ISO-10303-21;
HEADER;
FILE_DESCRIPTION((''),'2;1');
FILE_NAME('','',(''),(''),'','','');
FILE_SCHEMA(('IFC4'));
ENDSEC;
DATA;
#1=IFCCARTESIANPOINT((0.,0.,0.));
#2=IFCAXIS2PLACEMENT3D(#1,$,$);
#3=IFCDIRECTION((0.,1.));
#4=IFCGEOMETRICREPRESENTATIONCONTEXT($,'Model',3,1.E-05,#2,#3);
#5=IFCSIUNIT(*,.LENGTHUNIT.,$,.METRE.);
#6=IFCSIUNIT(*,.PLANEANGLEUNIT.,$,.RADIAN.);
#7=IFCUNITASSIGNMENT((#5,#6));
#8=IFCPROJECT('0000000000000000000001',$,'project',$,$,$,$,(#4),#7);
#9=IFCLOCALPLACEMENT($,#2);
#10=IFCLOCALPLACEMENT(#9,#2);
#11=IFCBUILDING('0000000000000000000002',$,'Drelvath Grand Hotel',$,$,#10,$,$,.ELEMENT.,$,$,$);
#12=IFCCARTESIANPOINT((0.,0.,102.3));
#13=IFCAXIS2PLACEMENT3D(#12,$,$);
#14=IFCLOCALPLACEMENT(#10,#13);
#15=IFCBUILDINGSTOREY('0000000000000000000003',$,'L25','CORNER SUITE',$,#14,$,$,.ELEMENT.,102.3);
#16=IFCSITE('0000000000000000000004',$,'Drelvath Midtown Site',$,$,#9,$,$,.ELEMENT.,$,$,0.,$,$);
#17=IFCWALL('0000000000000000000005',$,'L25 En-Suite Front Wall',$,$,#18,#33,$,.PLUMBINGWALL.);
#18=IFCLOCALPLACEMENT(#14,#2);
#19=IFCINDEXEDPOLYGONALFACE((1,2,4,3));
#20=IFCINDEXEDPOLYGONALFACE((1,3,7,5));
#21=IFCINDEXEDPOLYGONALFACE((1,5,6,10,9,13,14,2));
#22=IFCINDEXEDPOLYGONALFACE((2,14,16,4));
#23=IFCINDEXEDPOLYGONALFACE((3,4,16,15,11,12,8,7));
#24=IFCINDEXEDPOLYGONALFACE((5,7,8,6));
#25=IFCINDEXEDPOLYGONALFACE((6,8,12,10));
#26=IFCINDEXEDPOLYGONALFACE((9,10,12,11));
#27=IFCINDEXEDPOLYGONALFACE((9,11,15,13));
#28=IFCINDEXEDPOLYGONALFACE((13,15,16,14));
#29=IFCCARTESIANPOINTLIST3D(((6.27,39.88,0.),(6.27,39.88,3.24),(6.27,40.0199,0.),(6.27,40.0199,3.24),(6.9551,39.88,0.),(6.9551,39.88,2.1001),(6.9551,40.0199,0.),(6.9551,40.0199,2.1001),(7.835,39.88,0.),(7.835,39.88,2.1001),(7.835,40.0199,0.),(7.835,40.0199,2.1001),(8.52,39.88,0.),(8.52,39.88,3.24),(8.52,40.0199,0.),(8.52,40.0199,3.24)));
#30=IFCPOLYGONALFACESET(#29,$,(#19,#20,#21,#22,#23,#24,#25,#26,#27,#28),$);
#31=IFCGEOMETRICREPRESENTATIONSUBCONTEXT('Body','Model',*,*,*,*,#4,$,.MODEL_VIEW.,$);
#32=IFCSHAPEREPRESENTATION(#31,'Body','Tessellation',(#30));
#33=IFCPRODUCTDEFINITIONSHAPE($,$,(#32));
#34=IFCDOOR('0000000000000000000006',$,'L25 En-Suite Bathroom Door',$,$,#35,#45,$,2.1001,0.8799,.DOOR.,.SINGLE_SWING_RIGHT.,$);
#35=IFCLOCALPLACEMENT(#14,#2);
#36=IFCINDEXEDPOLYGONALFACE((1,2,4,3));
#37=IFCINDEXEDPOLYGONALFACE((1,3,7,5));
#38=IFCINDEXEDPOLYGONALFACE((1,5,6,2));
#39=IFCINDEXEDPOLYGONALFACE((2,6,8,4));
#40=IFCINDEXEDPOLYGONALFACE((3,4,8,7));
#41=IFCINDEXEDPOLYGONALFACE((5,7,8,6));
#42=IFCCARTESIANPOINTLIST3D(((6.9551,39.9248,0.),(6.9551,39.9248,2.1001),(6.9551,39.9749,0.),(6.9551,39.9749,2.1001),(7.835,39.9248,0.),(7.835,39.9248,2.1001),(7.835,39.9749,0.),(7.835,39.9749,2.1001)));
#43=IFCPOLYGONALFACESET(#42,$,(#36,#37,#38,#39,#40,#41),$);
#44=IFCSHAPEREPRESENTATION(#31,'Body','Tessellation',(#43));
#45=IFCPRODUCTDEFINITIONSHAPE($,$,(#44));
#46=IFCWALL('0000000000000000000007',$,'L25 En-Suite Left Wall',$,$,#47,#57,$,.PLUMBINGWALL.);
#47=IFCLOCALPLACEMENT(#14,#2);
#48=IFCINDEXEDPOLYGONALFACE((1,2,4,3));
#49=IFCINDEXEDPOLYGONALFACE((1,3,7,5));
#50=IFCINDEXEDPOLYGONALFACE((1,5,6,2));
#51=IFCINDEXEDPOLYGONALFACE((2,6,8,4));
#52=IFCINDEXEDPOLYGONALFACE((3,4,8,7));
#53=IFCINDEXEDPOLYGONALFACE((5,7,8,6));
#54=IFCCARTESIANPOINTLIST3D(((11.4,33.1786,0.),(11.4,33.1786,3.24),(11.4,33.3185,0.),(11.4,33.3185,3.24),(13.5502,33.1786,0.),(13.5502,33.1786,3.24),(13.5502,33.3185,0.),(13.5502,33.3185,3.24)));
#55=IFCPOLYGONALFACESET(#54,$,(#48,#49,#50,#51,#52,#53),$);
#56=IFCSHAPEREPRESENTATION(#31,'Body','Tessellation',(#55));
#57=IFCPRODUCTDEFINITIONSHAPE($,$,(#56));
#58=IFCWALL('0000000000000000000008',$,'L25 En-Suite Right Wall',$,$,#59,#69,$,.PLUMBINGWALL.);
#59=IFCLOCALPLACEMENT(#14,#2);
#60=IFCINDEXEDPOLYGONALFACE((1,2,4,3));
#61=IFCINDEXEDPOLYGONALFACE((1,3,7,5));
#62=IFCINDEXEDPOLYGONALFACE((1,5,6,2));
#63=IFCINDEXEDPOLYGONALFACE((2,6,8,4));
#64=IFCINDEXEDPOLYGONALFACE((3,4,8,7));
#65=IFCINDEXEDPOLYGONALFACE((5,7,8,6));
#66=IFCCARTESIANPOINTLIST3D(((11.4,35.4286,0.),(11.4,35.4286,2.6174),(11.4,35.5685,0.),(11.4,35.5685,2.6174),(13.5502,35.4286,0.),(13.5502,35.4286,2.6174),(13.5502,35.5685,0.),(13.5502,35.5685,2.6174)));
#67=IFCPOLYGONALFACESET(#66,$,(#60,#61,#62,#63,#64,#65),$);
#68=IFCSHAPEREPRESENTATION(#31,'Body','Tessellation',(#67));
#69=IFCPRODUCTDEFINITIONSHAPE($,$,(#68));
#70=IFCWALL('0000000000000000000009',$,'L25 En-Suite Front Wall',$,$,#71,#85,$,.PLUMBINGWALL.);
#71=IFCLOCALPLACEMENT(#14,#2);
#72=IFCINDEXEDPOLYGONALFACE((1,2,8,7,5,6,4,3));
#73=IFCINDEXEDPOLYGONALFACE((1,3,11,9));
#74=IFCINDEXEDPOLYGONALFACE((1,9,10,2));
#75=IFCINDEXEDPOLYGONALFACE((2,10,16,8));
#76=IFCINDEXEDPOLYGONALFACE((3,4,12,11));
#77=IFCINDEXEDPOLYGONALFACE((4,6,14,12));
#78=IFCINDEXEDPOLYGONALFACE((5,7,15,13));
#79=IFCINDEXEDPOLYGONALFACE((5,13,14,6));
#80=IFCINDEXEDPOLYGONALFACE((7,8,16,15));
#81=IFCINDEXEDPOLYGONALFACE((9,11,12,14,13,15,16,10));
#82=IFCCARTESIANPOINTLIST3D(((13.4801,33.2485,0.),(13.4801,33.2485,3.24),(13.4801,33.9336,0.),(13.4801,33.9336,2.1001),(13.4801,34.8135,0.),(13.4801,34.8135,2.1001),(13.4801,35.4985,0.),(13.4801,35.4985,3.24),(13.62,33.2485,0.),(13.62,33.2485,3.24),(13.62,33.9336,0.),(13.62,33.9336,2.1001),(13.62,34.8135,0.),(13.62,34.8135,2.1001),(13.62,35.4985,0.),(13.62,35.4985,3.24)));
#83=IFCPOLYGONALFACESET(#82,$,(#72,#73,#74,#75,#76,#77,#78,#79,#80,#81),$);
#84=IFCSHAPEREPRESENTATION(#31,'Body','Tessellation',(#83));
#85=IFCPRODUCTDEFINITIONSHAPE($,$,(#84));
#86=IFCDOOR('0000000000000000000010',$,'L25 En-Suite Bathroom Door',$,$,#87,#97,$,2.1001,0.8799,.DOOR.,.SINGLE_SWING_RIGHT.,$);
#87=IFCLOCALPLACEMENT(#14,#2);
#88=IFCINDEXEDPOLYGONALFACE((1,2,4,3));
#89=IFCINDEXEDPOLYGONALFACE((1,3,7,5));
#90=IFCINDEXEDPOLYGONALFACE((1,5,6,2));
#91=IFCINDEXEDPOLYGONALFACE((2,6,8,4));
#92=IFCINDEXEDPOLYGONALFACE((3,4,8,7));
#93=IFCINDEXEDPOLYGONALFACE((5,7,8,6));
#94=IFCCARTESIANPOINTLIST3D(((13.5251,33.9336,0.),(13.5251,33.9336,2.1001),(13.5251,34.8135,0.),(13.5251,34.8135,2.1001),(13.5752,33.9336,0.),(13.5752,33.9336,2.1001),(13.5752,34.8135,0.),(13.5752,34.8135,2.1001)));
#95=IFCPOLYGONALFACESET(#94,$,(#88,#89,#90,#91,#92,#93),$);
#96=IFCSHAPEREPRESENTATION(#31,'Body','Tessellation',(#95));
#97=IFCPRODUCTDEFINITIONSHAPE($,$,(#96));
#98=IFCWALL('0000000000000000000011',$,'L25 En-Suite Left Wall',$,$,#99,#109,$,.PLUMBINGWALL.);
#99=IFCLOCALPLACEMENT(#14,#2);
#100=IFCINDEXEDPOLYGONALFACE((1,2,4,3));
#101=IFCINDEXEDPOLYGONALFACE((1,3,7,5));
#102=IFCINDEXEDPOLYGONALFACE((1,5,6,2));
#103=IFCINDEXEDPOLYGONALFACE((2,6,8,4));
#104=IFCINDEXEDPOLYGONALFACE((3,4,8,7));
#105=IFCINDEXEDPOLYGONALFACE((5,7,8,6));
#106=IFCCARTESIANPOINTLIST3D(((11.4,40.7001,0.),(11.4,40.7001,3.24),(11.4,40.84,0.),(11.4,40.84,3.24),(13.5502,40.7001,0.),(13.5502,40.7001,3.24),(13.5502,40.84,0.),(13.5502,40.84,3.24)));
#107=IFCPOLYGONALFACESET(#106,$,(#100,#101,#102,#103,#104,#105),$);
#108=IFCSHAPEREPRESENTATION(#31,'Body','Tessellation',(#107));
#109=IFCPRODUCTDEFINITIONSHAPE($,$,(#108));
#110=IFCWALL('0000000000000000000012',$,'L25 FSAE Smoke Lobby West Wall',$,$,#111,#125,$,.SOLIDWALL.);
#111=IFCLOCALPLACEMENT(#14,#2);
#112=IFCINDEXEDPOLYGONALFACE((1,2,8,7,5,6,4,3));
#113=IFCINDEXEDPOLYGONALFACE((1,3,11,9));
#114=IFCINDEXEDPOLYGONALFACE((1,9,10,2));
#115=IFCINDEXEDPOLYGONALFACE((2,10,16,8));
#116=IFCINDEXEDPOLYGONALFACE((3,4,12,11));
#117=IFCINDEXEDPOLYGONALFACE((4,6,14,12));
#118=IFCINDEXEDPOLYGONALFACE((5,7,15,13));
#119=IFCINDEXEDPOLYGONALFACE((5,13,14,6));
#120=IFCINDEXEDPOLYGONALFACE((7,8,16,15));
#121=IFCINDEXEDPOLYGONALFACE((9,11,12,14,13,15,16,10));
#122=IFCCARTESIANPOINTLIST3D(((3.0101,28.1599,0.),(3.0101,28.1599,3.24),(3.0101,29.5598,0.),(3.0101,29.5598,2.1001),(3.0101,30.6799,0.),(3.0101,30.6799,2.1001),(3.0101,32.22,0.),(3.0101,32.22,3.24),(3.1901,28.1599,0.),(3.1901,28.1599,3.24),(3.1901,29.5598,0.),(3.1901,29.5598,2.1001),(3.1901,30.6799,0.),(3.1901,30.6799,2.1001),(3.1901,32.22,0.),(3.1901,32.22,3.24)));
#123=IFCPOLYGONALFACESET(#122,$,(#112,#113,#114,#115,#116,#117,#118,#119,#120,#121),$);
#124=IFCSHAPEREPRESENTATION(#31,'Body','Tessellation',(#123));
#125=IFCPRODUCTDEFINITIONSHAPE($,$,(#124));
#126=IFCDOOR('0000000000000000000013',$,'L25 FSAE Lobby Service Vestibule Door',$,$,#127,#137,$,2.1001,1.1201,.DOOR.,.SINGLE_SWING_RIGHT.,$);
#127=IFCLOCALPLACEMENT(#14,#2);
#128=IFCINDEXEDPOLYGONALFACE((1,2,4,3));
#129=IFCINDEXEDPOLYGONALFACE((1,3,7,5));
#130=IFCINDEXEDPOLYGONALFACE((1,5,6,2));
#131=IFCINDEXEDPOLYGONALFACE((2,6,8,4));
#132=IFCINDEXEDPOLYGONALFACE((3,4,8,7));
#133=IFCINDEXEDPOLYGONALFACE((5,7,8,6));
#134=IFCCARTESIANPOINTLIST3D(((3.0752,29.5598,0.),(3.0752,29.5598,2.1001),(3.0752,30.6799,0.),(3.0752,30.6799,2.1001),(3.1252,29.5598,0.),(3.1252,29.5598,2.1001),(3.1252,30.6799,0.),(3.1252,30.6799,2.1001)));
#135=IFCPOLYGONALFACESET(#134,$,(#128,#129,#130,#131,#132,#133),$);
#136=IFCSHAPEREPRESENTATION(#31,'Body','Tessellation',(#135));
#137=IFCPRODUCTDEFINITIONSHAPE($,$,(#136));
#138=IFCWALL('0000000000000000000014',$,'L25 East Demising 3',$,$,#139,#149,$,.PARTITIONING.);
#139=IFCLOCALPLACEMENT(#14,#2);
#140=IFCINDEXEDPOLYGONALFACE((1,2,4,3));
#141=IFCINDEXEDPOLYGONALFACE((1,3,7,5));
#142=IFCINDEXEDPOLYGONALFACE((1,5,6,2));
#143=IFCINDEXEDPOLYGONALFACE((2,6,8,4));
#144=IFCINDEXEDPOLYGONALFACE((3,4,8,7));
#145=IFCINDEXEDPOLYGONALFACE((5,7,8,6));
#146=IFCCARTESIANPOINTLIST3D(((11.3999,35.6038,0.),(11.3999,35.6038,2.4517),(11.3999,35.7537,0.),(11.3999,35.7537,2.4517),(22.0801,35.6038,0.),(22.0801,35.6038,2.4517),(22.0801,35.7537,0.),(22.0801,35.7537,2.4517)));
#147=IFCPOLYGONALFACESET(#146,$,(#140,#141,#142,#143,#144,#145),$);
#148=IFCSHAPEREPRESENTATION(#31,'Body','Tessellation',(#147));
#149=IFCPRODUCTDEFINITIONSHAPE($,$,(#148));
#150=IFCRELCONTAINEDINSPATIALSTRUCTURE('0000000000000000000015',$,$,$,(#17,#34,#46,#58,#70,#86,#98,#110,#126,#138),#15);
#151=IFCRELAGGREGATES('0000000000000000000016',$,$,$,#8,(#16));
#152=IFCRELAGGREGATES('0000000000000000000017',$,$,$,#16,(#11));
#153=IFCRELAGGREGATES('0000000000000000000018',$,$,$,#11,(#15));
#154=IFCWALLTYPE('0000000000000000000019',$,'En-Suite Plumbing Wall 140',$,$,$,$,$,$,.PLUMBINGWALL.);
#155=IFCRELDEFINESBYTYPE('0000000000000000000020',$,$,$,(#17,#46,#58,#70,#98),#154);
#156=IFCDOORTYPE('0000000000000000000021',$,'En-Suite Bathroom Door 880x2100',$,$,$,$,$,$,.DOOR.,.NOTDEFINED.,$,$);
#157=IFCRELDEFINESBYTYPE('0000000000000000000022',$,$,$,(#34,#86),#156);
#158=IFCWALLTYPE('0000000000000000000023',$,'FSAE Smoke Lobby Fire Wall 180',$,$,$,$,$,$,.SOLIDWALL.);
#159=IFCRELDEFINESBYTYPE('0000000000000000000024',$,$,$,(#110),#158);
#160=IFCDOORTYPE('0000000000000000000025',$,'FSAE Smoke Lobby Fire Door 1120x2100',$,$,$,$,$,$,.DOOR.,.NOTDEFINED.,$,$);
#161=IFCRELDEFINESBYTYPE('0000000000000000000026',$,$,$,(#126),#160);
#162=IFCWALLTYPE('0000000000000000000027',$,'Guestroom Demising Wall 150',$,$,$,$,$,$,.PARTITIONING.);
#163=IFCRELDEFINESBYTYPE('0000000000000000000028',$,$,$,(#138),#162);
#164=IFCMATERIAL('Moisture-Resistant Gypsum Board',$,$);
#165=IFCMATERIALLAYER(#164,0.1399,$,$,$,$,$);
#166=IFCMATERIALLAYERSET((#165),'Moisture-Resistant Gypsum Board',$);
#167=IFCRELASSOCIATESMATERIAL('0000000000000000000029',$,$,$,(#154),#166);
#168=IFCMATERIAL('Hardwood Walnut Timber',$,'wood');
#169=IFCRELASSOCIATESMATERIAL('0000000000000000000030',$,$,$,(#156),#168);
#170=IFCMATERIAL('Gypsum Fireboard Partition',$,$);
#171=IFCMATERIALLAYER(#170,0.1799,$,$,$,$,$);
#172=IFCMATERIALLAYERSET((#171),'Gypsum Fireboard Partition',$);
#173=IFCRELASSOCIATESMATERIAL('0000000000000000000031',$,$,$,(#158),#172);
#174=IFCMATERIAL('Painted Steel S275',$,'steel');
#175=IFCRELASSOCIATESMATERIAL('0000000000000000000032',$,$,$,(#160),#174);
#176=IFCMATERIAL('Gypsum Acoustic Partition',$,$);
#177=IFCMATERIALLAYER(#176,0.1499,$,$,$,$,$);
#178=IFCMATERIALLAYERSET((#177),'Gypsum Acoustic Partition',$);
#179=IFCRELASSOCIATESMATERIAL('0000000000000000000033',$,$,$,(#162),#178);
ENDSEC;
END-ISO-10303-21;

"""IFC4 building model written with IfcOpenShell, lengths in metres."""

from ifc_helpers import new_model, si_unit, direction, frame, frame_2d, origin, place, context, subcontext, project, spatial, rectangle, extrude, material, layer, layer_set, type_object, element, fill, save


model = new_model("IFC4")

# Units and contexts
model_context = context("Model", 3, precision=1e-05, world=origin(), true_north=direction((0.0, 1.0)))
body_context = subcontext(model_context, "Body", "Model", "MODEL_VIEW")
ifc_project = project(units=[si_unit("LENGTHUNIT", "METRE"), si_unit("PLANEANGLEUNIT", "RADIAN")], contexts=[model_context])

# Site, building, storey
site_placement = place(None, origin())
site = spatial("IfcSite", under=ifc_project, at=site_placement, Name="Drelvath Midtown Site", CompositionType="ELEMENT", RefElevation=0.0)
building_placement = place(site_placement, origin())
building = spatial("IfcBuilding", under=site, at=building_placement, Name="Drelvath Grand Hotel", CompositionType="ELEMENT")
storey_placement = place(building_placement, frame((0.0, 0.0, 102.3)))
storey = spatial("IfcBuildingStorey", under=building, at=storey_placement, Name="L25", Description="CORNER SUITE", CompositionType="ELEMENT", Elevation=102.3)

# Shared definitions
ifc_material_1 = material(Name="Painted Steel S275", Category="steel")

# Shared definitions
ifc_material_2 = material(Name="Gypsum Fireboard Partition")
ifc_material_3 = material(Name="Moisture-Resistant Gypsum Board")
ifc_layer_1 = layer(ifc_material_3, 0.1399)
ifc_layer_set_1 = layer_set([ifc_layer_1], Name="Moisture-Resistant Gypsum Board")
wall_type_1 = type_object("IfcWallType", Name="En-Suite Plumbing Wall 140", PredefinedType="PLUMBINGWALL", material=ifc_layer_set_1)

# Wall, opening, door
wall_1_placement = place(storey_placement, frame((6.27, 39.95, 0.0), z_axis=(0.0, 0.0, 1.0), x_axis=(1.0, 0.0, 0.0)))
wall_1 = element("IfcWall", 1, at=wall_1_placement, inside=storey, type_object=wall_type_1, Name="L25 En-Suite Front Wall", PredefinedType="PLUMBINGWALL", context=body_context, shape_type="SweptSolid", body=[
    extrude(rectangle(XDim=2.25, YDim=0.1399, at=frame_2d((1.125, 0.0))), origin(), (0.0, 0.0, 1.0), 3.24),
])
opening_1_placement = place(wall_1_placement, frame((0.6851, 0.0, 0.0)))
opening_1 = element("IfcOpeningElement", 2, at=opening_1_placement, cuts=wall_1, PredefinedType="OPENING", context=body_context, shape_type="SweptSolid", body=[
    extrude(rectangle(XDim=0.8799, YDim=2.1001, at=frame_2d((0.4399, 1.05))), frame((0.0, 0.0798, 0.0), z_axis=(0.0, -1.0, 0.0), x_axis=(1.0, 0.0, 0.0)), (0.0, 0.0, 1.0), 0.1599),
])
ifc_material_4 = material(Name="Hardwood Walnut Timber", Category="wood")
door_type_1 = type_object("IfcDoorType", Name="En-Suite Bathroom Door 880x2100", OperationType="NOTDEFINED", PredefinedType="DOOR", material=ifc_material_4)
door_1_placement = place(opening_1_placement, origin())
door_1 = element("IfcDoor", 3, at=door_1_placement, inside=storey, type_object=door_type_1, Name="L25 En-Suite Bathroom Door", OperationType="SINGLE_SWING_RIGHT", OverallHeight=2.1001, OverallWidth=0.8799, PredefinedType="DOOR", context=body_context, shape_type="SweptSolid", body=[
    extrude(rectangle(XDim=0.8799, YDim=2.1001, at=frame_2d((0.4399, 1.05))), frame((0.0, 0.0249, 0.0), z_axis=(0.0, -1.0, 0.0), x_axis=(1.0, 0.0, 0.0)), (0.0, 0.0, 1.0), 0.05),
])
fill(opening_1, door_1)

# Walls
wall_2_placement = place(storey_placement, frame((11.3999, 33.2485, 0.0), z_axis=(0.0, 0.0, 1.0), x_axis=(1.0, 0.0, 0.0)))
element("IfcWall", 4, at=wall_2_placement, inside=storey, type_object=wall_type_1, Name="L25 En-Suite Left Wall", PredefinedType="PLUMBINGWALL", context=body_context, shape_type="SweptSolid", body=[
    extrude(rectangle(XDim=2.1501, YDim=0.1399, at=frame_2d((1.0752, 0.0))), origin(), (0.0, 0.0, 1.0), 3.24),
])
wall_3_placement = place(storey_placement, frame((11.3999, 35.4985, 0.0), z_axis=(0.0, 0.0, 1.0), x_axis=(1.0, 0.0, 0.0)))
element("IfcWall", 5, at=wall_3_placement, inside=storey, type_object=wall_type_1, Name="L25 En-Suite Right Wall", PredefinedType="PLUMBINGWALL", context=body_context, shape_type="SweptSolid", body=[
    extrude(rectangle(XDim=2.1501, YDim=0.1399, at=frame_2d((1.0752, 0.0))), origin(), (0.0, 0.0, 1.0), 2.6174),
])

# Wall, opening, door
wall_4_placement = place(storey_placement, frame((13.55, 33.2485, 0.0), z_axis=(0.0, 0.0, 1.0), x_axis=(0.0, 1.0, 0.0)))
wall_4 = element("IfcWall", 6, at=wall_4_placement, inside=storey, type_object=wall_type_1, Name="L25 En-Suite Front Wall", PredefinedType="PLUMBINGWALL", context=body_context, shape_type="SweptSolid", body=[
    extrude(rectangle(XDim=2.25, YDim=0.1399, at=frame_2d((1.125, 0.0))), origin(), (0.0, 0.0, 1.0), 3.24),
])
opening_2_placement = place(wall_4_placement, frame((0.6851, 0.0, 0.0)))
opening_2 = element("IfcOpeningElement", 7, at=opening_2_placement, cuts=wall_4, PredefinedType="OPENING", context=body_context, shape_type="SweptSolid", body=[
    extrude(rectangle(XDim=0.8799, YDim=2.1001, at=frame_2d((0.4399, 1.05))), frame((0.0, 0.0798, 0.0), z_axis=(0.0, -1.0, 0.0), x_axis=(1.0, 0.0, 0.0)), (0.0, 0.0, 1.0), 0.1599),
])
door_2_placement = place(opening_2_placement, origin())
door_2 = element("IfcDoor", 8, at=door_2_placement, inside=storey, type_object=door_type_1, Name="L25 En-Suite Bathroom Door", OperationType="SINGLE_SWING_RIGHT", OverallHeight=2.1001, OverallWidth=0.8799, PredefinedType="DOOR", context=body_context, shape_type="SweptSolid", body=[
    extrude(rectangle(XDim=0.8799, YDim=2.1001, at=frame_2d((0.4399, 1.05))), frame((0.0, 0.0249, 0.0), z_axis=(0.0, -1.0, 0.0), x_axis=(1.0, 0.0, 0.0)), (0.0, 0.0, 1.0), 0.05),
])
fill(opening_2, door_2)

# Wall
wall_5_placement = place(storey_placement, frame((11.3999, 40.77, 0.0), z_axis=(0.0, 0.0, 1.0), x_axis=(1.0, 0.0, 0.0)))
element("IfcWall", 9, at=wall_5_placement, inside=storey, type_object=wall_type_1, Name="L25 En-Suite Left Wall", PredefinedType="PLUMBINGWALL", context=body_context, shape_type="SweptSolid", body=[
    extrude(rectangle(XDim=2.1501, YDim=0.1399, at=frame_2d((1.0752, 0.0))), origin(), (0.0, 0.0, 1.0), 3.24),
])

# Wall, opening, door
ifc_layer_2 = layer(ifc_material_2, 0.1799)
ifc_layer_set_2 = layer_set([ifc_layer_2], Name="Gypsum Fireboard Partition")
wall_type_2 = type_object("IfcWallType", Name="FSAE Smoke Lobby Fire Wall 180", PredefinedType="SOLIDWALL", material=ifc_layer_set_2)
wall_6_placement = place(storey_placement, frame((3.1001, 28.1599, 0.0), z_axis=(0.0, 0.0, 1.0), x_axis=(0.0, 1.0, 0.0)))
wall_6 = element("IfcWall", 10, at=wall_6_placement, inside=storey, type_object=wall_type_2, Name="L25 FSAE Smoke Lobby West Wall", PredefinedType="SOLIDWALL", context=body_context, shape_type="SweptSolid", body=[
    extrude(rectangle(XDim=4.0601, YDim=0.1799, at=frame_2d((2.03, 0.0))), origin(), (0.0, 0.0, 1.0), 3.24),
])
opening_3_placement = place(wall_6_placement, frame((1.3999, 0.0, 0.0)))
opening_3 = element("IfcOpeningElement", 11, at=opening_3_placement, cuts=wall_6, PredefinedType="OPENING", context=body_context, shape_type="SweptSolid", body=[
    extrude(rectangle(XDim=1.1201, YDim=2.1001, at=frame_2d((0.5601, 1.05))), frame((0.0, 0.0999, 0.0), z_axis=(0.0, -1.0, 0.0), x_axis=(1.0, 0.0, 0.0)), (0.0, 0.0, 1.0), 0.2),
])
door_type_2 = type_object("IfcDoorType", Name="FSAE Smoke Lobby Fire Door 1120x2100", OperationType="NOTDEFINED", PredefinedType="DOOR", material=ifc_material_1)
door_3_placement = place(opening_3_placement, origin())
door_3 = element("IfcDoor", 12, at=door_3_placement, inside=storey, type_object=door_type_2, Name="L25 FSAE Lobby Service Vestibule Door", OperationType="SINGLE_SWING_RIGHT", OverallHeight=2.1001, OverallWidth=1.1201, PredefinedType="DOOR", context=body_context, shape_type="SweptSolid", body=[
    extrude(rectangle(XDim=1.1201, YDim=2.1001, at=frame_2d((0.5601, 1.05))), frame((0.0, 0.0249, 0.0), z_axis=(0.0, -1.0, 0.0), x_axis=(1.0, 0.0, 0.0)), (0.0, 0.0, 1.0), 0.05),
])
fill(opening_3, door_3)

# Wall
ifc_material_5 = material(Name="Gypsum Acoustic Partition")
ifc_layer_3 = layer(ifc_material_5, 0.1499)
ifc_layer_set_3 = layer_set([ifc_layer_3], Name="Gypsum Acoustic Partition")
wall_type_3 = type_object("IfcWallType", Name="Guestroom Demising Wall 150", PredefinedType="PARTITIONING", material=ifc_layer_set_3)
wall_7_placement = place(storey_placement, frame((11.3999, 35.6787, 0.0), z_axis=(0.0, 0.0, 1.0), x_axis=(1.0, 0.0, 0.0)))
element("IfcWall", 13, at=wall_7_placement, inside=storey, type_object=wall_type_3, Name="L25 East Demising 3", PredefinedType="PARTITIONING", context=body_context, shape_type="SweptSolid", body=[
    extrude(rectangle(XDim=10.6802, YDim=0.1499, at=frame_2d((5.3401, 0.0))), origin(), (0.0, 0.0, 1.0), 2.4517),
])

save(model, "model.ifc")
